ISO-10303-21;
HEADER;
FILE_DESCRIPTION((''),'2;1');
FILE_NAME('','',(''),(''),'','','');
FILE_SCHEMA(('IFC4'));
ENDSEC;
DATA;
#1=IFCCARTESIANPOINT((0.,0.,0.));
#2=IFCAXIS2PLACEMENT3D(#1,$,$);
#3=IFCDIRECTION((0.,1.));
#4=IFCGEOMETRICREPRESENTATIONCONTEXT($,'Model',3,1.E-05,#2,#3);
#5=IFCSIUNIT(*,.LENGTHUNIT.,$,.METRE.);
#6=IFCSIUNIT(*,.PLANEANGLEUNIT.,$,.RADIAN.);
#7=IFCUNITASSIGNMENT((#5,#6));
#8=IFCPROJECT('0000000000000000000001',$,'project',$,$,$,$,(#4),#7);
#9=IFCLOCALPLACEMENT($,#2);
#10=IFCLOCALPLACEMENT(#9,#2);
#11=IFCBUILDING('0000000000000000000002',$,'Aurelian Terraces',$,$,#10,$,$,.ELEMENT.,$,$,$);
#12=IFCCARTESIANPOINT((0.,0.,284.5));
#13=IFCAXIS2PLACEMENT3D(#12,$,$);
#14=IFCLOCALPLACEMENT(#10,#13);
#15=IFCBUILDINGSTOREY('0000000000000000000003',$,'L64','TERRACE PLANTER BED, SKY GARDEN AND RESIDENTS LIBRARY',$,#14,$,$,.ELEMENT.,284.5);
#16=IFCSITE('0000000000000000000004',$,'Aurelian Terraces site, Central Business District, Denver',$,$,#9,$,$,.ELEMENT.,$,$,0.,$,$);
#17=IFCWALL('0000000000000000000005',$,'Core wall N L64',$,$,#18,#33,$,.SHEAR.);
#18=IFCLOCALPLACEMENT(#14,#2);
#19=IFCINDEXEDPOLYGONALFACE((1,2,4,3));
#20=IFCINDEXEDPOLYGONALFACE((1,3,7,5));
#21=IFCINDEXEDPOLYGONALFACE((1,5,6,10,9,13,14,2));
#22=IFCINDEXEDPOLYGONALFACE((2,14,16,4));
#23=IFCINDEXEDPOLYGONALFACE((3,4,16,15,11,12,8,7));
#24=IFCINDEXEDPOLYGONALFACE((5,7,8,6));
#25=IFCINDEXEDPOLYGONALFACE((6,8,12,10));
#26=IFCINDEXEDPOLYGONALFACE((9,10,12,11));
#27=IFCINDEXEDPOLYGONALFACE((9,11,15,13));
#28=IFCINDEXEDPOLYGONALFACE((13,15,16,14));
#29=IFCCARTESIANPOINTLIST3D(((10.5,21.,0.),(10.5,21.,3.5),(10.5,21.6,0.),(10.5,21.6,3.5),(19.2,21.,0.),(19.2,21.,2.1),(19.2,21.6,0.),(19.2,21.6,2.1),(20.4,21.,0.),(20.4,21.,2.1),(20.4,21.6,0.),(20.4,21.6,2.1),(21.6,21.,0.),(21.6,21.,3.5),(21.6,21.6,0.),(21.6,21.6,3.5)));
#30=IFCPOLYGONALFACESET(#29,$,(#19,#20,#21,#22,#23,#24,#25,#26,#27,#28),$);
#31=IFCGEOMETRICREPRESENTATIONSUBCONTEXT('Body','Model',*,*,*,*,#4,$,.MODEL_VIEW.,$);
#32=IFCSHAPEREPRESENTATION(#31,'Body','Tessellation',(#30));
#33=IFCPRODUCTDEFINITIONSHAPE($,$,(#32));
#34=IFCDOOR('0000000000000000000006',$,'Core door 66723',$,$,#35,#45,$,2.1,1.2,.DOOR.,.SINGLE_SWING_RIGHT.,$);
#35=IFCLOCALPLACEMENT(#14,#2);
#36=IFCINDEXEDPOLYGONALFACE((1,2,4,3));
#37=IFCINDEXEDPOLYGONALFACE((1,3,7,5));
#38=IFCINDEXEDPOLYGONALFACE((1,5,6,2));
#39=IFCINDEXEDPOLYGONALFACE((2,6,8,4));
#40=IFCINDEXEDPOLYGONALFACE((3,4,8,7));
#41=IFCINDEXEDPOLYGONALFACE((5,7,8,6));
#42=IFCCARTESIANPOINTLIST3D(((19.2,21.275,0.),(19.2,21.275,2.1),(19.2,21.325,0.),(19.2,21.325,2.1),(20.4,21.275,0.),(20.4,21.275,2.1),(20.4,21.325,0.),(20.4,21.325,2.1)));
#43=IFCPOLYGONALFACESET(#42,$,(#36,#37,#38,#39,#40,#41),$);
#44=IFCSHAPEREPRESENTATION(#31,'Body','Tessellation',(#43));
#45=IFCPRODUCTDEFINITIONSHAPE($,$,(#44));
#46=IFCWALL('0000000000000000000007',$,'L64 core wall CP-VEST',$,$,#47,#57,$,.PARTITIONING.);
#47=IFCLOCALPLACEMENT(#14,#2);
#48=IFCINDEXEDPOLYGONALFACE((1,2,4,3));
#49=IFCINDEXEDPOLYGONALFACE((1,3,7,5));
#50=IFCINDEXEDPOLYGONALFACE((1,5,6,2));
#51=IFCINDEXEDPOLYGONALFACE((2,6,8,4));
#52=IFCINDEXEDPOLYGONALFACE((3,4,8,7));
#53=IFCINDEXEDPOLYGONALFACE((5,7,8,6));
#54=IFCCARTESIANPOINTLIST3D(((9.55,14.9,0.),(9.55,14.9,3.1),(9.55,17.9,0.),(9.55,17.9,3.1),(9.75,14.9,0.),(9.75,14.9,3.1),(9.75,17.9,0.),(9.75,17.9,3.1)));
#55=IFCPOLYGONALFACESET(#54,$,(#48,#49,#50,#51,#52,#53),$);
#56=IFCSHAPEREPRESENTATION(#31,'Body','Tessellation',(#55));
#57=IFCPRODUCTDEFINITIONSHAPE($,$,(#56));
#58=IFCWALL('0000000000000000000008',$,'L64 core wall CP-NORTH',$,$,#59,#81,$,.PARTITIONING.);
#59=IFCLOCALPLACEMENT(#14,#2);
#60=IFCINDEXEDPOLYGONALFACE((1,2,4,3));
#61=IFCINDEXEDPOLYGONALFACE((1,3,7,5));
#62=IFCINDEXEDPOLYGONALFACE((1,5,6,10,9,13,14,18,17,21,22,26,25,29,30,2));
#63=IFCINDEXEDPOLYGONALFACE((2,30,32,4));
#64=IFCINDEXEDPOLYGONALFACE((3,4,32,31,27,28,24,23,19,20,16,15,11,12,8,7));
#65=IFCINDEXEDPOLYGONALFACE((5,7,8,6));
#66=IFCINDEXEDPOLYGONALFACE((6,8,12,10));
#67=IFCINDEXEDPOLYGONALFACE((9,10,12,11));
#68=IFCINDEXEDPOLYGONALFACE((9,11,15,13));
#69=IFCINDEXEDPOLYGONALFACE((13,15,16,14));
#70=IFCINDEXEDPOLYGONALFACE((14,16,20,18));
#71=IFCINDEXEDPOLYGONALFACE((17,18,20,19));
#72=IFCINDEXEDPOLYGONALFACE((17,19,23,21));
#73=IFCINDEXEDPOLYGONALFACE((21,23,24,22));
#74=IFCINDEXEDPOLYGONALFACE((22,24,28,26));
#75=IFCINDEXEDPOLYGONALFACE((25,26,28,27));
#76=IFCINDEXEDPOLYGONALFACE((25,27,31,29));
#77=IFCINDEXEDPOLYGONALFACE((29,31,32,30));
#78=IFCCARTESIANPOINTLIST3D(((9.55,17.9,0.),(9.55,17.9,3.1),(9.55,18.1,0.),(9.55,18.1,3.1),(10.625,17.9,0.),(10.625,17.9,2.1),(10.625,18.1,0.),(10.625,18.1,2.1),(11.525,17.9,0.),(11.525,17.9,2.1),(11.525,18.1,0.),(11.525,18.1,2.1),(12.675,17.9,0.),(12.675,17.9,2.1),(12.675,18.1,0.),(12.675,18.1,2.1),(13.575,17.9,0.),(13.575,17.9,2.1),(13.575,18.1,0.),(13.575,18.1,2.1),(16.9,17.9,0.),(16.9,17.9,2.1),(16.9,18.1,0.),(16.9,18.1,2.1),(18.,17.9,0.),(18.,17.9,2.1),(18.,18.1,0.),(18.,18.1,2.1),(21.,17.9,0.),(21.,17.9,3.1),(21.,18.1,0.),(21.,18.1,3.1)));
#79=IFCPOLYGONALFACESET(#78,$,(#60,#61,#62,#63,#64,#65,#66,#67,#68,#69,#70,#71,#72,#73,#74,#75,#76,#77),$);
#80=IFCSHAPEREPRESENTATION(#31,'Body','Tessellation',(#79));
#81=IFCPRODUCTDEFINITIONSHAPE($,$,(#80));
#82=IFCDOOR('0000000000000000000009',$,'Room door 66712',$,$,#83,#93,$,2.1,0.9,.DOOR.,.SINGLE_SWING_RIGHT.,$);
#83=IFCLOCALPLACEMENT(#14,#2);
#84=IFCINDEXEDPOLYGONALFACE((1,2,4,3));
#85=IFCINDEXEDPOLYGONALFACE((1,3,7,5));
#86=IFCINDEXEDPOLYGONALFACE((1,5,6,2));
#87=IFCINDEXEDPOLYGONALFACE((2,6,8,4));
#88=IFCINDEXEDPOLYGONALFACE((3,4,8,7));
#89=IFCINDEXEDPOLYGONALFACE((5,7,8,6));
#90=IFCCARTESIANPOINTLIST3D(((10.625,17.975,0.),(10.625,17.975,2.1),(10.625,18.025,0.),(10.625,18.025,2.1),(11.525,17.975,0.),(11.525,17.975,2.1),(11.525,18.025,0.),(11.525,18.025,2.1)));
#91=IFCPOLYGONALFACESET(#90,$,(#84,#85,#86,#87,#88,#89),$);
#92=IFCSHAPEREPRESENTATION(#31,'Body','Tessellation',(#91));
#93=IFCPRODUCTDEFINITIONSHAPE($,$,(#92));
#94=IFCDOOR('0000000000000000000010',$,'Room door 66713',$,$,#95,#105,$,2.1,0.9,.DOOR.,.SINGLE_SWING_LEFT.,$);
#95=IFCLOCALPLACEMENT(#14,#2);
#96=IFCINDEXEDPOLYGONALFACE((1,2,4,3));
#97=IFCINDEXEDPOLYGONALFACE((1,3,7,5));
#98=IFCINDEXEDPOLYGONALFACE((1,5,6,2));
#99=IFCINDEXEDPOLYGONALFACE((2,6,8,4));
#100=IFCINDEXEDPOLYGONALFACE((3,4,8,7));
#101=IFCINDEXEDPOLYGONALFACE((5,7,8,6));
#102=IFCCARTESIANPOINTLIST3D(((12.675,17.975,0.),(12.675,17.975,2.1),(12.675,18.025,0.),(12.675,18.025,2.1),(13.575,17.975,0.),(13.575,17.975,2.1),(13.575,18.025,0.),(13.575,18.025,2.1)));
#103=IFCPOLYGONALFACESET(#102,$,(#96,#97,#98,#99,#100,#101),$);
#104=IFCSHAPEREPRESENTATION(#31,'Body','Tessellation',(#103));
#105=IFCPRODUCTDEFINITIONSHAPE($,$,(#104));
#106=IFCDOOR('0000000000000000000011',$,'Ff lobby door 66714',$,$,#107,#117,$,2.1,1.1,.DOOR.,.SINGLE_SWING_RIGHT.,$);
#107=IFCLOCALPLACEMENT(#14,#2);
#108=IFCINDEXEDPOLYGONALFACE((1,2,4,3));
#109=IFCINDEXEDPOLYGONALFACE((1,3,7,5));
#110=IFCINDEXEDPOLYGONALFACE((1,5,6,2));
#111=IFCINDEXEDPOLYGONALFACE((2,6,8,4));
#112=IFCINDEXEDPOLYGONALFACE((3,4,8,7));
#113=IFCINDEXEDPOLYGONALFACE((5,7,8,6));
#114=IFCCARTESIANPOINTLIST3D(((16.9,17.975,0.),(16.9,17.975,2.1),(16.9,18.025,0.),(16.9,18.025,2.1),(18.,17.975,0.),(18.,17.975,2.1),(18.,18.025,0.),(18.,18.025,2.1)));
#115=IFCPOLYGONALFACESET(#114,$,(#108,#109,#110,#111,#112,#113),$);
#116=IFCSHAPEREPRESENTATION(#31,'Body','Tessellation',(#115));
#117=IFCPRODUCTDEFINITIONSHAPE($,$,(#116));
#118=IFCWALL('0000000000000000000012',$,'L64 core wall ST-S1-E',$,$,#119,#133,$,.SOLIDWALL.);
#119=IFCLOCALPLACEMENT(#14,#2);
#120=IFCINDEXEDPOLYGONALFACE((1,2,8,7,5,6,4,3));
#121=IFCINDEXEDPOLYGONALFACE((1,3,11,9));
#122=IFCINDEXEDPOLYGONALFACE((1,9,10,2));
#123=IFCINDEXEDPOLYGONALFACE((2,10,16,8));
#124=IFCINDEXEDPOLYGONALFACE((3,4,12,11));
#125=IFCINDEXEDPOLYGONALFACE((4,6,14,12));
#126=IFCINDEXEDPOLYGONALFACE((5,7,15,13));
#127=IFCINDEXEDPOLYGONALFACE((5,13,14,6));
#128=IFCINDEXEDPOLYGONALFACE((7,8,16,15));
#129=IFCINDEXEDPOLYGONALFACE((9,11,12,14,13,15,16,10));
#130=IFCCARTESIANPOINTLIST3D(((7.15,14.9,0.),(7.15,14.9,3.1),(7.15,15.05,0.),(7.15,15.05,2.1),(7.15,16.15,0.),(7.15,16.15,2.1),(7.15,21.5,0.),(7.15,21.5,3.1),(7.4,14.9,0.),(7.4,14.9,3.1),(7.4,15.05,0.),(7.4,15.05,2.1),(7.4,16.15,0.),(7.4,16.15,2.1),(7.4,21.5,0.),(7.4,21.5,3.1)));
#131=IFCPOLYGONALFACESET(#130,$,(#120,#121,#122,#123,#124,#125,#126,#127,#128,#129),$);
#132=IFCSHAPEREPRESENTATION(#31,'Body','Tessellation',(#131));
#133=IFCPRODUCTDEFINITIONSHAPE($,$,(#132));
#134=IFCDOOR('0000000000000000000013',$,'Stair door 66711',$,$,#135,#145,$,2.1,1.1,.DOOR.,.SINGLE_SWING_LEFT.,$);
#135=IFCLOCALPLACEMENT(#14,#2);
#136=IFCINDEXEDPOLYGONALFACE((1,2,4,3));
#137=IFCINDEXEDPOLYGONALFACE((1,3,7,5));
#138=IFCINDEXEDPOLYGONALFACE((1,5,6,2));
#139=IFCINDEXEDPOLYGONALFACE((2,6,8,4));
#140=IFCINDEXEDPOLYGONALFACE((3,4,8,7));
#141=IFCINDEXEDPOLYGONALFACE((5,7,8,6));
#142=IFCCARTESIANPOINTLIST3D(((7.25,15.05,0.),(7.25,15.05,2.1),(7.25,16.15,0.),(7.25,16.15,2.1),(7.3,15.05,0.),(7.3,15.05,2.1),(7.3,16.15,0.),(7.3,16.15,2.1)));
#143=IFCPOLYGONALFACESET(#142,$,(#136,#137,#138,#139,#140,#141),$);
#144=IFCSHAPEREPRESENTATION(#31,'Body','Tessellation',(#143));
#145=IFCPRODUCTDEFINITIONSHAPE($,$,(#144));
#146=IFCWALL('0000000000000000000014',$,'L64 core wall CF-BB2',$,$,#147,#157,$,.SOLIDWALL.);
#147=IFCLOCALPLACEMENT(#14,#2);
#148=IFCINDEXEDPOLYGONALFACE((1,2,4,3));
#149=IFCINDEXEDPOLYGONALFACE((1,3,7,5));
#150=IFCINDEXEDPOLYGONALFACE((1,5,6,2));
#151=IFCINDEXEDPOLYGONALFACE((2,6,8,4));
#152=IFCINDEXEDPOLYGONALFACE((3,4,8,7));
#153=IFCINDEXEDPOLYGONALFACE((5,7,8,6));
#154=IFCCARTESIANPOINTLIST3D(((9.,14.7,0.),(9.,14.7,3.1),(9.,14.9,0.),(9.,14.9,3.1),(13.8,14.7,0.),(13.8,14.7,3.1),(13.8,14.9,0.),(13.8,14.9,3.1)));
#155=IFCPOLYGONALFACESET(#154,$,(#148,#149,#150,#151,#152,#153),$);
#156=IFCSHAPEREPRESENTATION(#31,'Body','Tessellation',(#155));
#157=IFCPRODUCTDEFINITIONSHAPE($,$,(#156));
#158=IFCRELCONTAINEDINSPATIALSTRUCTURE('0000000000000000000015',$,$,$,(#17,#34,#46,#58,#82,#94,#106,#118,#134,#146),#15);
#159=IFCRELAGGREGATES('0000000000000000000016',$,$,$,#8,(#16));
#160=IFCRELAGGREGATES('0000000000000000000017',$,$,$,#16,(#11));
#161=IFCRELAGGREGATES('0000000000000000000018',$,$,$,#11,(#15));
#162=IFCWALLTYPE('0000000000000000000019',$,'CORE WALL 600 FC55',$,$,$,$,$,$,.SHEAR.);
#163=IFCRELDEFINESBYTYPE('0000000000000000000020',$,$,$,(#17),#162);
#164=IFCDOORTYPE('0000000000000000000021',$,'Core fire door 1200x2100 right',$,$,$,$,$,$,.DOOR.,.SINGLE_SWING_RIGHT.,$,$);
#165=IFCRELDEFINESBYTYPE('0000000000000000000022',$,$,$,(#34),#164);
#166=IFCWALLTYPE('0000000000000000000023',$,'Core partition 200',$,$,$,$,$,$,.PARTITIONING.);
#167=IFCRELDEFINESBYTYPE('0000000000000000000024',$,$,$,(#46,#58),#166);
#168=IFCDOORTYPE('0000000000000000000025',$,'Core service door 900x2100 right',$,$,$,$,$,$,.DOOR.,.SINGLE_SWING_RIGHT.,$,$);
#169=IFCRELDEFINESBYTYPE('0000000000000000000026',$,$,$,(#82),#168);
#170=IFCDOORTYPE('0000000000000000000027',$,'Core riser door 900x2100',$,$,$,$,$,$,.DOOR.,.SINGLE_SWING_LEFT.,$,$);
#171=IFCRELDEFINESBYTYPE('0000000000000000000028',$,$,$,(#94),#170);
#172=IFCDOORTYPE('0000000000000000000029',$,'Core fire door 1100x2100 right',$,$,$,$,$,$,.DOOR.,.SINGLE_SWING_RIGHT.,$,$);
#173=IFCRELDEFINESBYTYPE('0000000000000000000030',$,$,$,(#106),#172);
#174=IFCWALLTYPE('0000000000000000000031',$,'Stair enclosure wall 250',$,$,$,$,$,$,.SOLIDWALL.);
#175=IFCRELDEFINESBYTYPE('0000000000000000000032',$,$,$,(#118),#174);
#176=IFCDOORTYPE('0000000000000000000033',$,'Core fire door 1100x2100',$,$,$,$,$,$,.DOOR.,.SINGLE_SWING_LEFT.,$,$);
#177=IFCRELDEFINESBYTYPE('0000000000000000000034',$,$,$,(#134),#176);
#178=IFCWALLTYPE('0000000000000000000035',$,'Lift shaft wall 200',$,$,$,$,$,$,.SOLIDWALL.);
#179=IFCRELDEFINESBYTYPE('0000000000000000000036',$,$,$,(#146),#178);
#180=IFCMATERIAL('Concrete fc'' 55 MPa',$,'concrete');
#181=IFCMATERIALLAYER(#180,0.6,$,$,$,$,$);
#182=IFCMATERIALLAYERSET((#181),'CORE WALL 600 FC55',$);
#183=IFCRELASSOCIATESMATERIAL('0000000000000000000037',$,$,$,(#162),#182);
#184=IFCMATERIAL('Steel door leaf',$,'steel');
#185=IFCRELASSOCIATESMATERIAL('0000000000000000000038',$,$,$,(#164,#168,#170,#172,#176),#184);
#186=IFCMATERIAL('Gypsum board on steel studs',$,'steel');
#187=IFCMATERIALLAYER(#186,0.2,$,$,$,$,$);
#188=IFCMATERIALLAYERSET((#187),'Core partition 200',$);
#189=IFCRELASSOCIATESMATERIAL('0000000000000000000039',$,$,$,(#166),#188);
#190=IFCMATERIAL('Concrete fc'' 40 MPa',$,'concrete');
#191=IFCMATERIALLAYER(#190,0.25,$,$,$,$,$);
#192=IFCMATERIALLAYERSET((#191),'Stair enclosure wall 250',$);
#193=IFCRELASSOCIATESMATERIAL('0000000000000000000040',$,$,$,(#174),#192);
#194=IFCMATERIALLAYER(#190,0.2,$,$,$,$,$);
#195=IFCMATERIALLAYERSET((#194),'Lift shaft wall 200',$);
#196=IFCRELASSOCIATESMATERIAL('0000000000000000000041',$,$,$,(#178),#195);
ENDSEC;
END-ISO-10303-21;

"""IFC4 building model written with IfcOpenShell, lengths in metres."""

from ifc_helpers import new_model, si_unit, direction, frame, frame_2d, origin, place, context, subcontext, project, spatial, rectangle, extrude, source, transform, mapped, material, layer, layer_set, type_object, element, fill, save


model = new_model("IFC4")

# Units and contexts
model_context = context("Model", 3, precision=1e-05, world=origin(), true_north=direction((0.0, 1.0)))
body_context = subcontext(model_context, "Body", "Model", "MODEL_VIEW")
ifc_project = project(units=[si_unit("LENGTHUNIT", "METRE"), si_unit("PLANEANGLEUNIT", "RADIAN")], contexts=[model_context])

# Site, building, storey
site_placement = place(None, origin())
site = spatial("IfcSite", under=ifc_project, at=site_placement, Name="Aurelian Terraces site, Central Business District, Denver", CompositionType="ELEMENT", RefElevation=0.0)
building_placement = place(site_placement, origin())
building = spatial("IfcBuilding", under=site, at=building_placement, Name="Aurelian Terraces", CompositionType="ELEMENT")
storey_placement = place(building_placement, frame((0.0, 0.0, 284.5)))
storey = spatial("IfcBuildingStorey", under=building, at=storey_placement, Name="L64", Description="TERRACE PLANTER BED, SKY GARDEN AND RESIDENTS LIBRARY", CompositionType="ELEMENT", Elevation=284.5)

# Wall, opening, door
ifc_material_1 = material(Name="Concrete fc' 55 MPa", Category="concrete")
ifc_layer_1 = layer(ifc_material_1, 0.6)
ifc_layer_set_1 = layer_set([ifc_layer_1], Name="CORE WALL 600 FC55")
wall_type_1 = type_object("IfcWallType", Name="CORE WALL 600 FC55", PredefinedType="SHEAR", material=ifc_layer_set_1)
wall_1_placement = place(storey_placement, frame((10.5, 21.3, 0.0), z_axis=(0.0, 0.0, 1.0), x_axis=(1.0, 0.0, 0.0)))
wall_1 = element("IfcWall", 1, at=wall_1_placement, inside=storey, type_object=wall_type_1, Name="Core wall N L64", PredefinedType="SHEAR", context=body_context, shape_type="SweptSolid", body=[
    extrude(rectangle(XDim=11.1, YDim=0.6, at=frame_2d((5.55, 0.0))), origin(), (0.0, 0.0, 1.0), 3.5),
])
opening_1_placement = place(wall_1_placement, frame((8.7, 0.0, 0.0)))
opening_1 = element("IfcOpeningElement", 2, at=opening_1_placement, cuts=wall_1, PredefinedType="OPENING", context=body_context, shape_type="SweptSolid", body=[
    extrude(rectangle(XDim=1.2, YDim=2.1, at=frame_2d((0.6, 1.05))), frame((0.0, 0.31, 0.0), z_axis=(0.0, -1.0, 0.0), x_axis=(1.0, 0.0, 0.0)), (0.0, 0.0, 1.0), 0.62),
])
ifc_material_2 = material(Name="Steel door leaf", Category="steel")
door_type_1 = type_object("IfcDoorType", Name="Core fire door 1200x2100 right", OperationType="SINGLE_SWING_RIGHT", PredefinedType="DOOR", material=ifc_material_2)
shared_shape_1 = source(origin(), body_context, "Body", "SweptSolid", [
    extrude(rectangle(XDim=1.2, YDim=2.1, at=frame_2d((0.6, 1.05))), frame((0.0, 0.025, 0.0), z_axis=(0.0, -1.0, 0.0), x_axis=(1.0, 0.0, 0.0)), (0.0, 0.0, 1.0), 0.05),
])
door_1_placement = place(opening_1_placement, origin())
door_1 = element("IfcDoor", 3, at=door_1_placement, inside=storey, type_object=door_type_1, Name="Core door 66723", OperationType="SINGLE_SWING_RIGHT", OverallHeight=2.1, OverallWidth=1.2, PredefinedType="DOOR", context=body_context, shape_type="MappedRepresentation", body=[
    mapped(shared_shape_1, transform((0.0, 0.0, 0.0), scale=1.0)),
])
fill(opening_1, door_1)

# Wall
ifc_material_3 = material(Name="Gypsum board on steel studs", Category="steel")
ifc_layer_2 = layer(ifc_material_3, 0.2)
ifc_layer_set_2 = layer_set([ifc_layer_2], Name="Core partition 200")
wall_type_2 = type_object("IfcWallType", Name="Core partition 200", PredefinedType="PARTITIONING", material=ifc_layer_set_2)
wall_2_placement = place(storey_placement, frame((9.65, 14.9, 0.0), z_axis=(0.0, 0.0, 1.0), x_axis=(0.0, 1.0, 0.0)))
element("IfcWall", 4, at=wall_2_placement, inside=storey, type_object=wall_type_2, Name="L64 core wall CP-VEST", PredefinedType="PARTITIONING", context=body_context, shape_type="SweptSolid", body=[
    extrude(rectangle(XDim=3.0, YDim=0.2, at=frame_2d((1.5, 0.0))), origin(), (0.0, 0.0, 1.0), 3.1),
])

# Wall, openings, doors
wall_3_placement = place(storey_placement, frame((9.55, 18.0, 0.0), z_axis=(0.0, 0.0, 1.0), x_axis=(1.0, 0.0, 0.0)))
wall_3 = element("IfcWall", 5, at=wall_3_placement, inside=storey, type_object=wall_type_2, Name="L64 core wall CP-NORTH", PredefinedType="PARTITIONING", context=body_context, shape_type="SweptSolid", body=[
    extrude(rectangle(XDim=11.45, YDim=0.2, at=frame_2d((5.725, 0.0))), origin(), (0.0, 0.0, 1.0), 3.1),
])
shared_shape_2 = source(origin(), body_context, "Body", "SweptSolid", [
    extrude(rectangle(XDim=0.9, YDim=2.1, at=frame_2d((0.45, 1.05))), frame((0.0, 0.11, 0.0), z_axis=(0.0, -1.0, 0.0), x_axis=(1.0, 0.0, 0.0)), (0.0, 0.0, 1.0), 0.22),
])
opening_2_placement = place(wall_3_placement, frame((1.075, 0.0, 0.0)))
opening_2 = element("IfcOpeningElement", 6, at=opening_2_placement, cuts=wall_3, PredefinedType="OPENING", context=body_context, shape_type="MappedRepresentation", body=[
    mapped(shared_shape_2, transform((0.0, 0.0, 0.0), scale=1.0)),
])
opening_3_placement = place(wall_3_placement, frame((3.125, 0.0, 0.0)))
opening_3 = element("IfcOpeningElement", 7, at=opening_3_placement, cuts=wall_3, PredefinedType="OPENING", context=body_context, shape_type="MappedRepresentation", body=[
    mapped(shared_shape_2, transform((0.0, 0.0, 0.0), scale=1.0)),
])
shared_shape_3 = source(origin(), body_context, "Body", "SweptSolid", [
    extrude(rectangle(XDim=1.1, YDim=2.1, at=frame_2d((0.55, 1.05))), frame((0.0, 0.11, 0.0), z_axis=(0.0, -1.0, 0.0), x_axis=(1.0, 0.0, 0.0)), (0.0, 0.0, 1.0), 0.22),
])
opening_4_placement = place(wall_3_placement, frame((7.35, 0.0, 0.0)))
opening_4 = element("IfcOpeningElement", 8, at=opening_4_placement, cuts=wall_3, PredefinedType="OPENING", context=body_context, shape_type="MappedRepresentation", body=[
    mapped(shared_shape_3, transform((0.0, 0.0, 0.0), scale=1.0)),
])
door_type_2 = type_object("IfcDoorType", Name="Core service door 900x2100 right", OperationType="SINGLE_SWING_RIGHT", PredefinedType="DOOR", material=ifc_material_2)
shared_shape_4 = source(origin(), body_context, "Body", "SweptSolid", [
    extrude(rectangle(XDim=0.9, YDim=2.1, at=frame_2d((0.45, 1.05))), frame((0.0, 0.025, 0.0), z_axis=(0.0, -1.0, 0.0), x_axis=(1.0, 0.0, 0.0)), (0.0, 0.0, 1.0), 0.05),
])
door_2_placement = place(opening_2_placement, origin())
door_2 = element("IfcDoor", 9, at=door_2_placement, inside=storey, type_object=door_type_2, Name="Room door 66712", OperationType="SINGLE_SWING_RIGHT", OverallHeight=2.1, OverallWidth=0.9, PredefinedType="DOOR", context=body_context, shape_type="MappedRepresentation", body=[
    mapped(shared_shape_4, transform((0.0, 0.0, 0.0), scale=1.0)),
])
fill(opening_2, door_2)
door_type_3 = type_object("IfcDoorType", Name="Core riser door 900x2100", OperationType="SINGLE_SWING_LEFT", PredefinedType="DOOR", material=ifc_material_2)
door_3_placement = place(opening_3_placement, origin())
door_3 = element("IfcDoor", 10, at=door_3_placement, inside=storey, type_object=door_type_3, Name="Room door 66713", OperationType="SINGLE_SWING_LEFT", OverallHeight=2.1, OverallWidth=0.9, PredefinedType="DOOR", context=body_context, shape_type="MappedRepresentation", body=[
    mapped(shared_shape_4, transform((0.0, 0.0, 0.0), scale=1.0)),
])
fill(opening_3, door_3)
door_type_4 = type_object("IfcDoorType", Name="Core fire door 1100x2100 right", OperationType="SINGLE_SWING_RIGHT", PredefinedType="DOOR", material=ifc_material_2)
shared_shape_5 = source(origin(), body_context, "Body", "SweptSolid", [
    extrude(rectangle(XDim=1.1, YDim=2.1, at=frame_2d((0.55, 1.05))), frame((0.0, 0.025, 0.0), z_axis=(0.0, -1.0, 0.0), x_axis=(1.0, 0.0, 0.0)), (0.0, 0.0, 1.0), 0.05),
])
door_4_placement = place(opening_4_placement, origin())
door_4 = element("IfcDoor", 11, at=door_4_placement, inside=storey, type_object=door_type_4, Name="Ff lobby door 66714", OperationType="SINGLE_SWING_RIGHT", OverallHeight=2.1, OverallWidth=1.1, PredefinedType="DOOR", context=body_context, shape_type="MappedRepresentation", body=[
    mapped(shared_shape_5, transform((0.0, 0.0, 0.0), scale=1.0)),
])
fill(opening_4, door_4)

# Wall, opening, door
ifc_material_4 = material(Name="Concrete fc' 40 MPa", Category="concrete")
ifc_layer_3 = layer(ifc_material_4, 0.25)
ifc_layer_set_3 = layer_set([ifc_layer_3], Name="Stair enclosure wall 250")
wall_type_3 = type_object("IfcWallType", Name="Stair enclosure wall 250", PredefinedType="SOLIDWALL", material=ifc_layer_set_3)
wall_4_placement = place(storey_placement, frame((7.275, 14.9, 0.0), z_axis=(0.0, 0.0, 1.0), x_axis=(0.0, 1.0, 0.0)))
wall_4 = element("IfcWall", 12, at=wall_4_placement, inside=storey, type_object=wall_type_3, Name="L64 core wall ST-S1-E", PredefinedType="SOLIDWALL", context=body_context, shape_type="SweptSolid", body=[
    extrude(rectangle(XDim=6.6, YDim=0.25, at=frame_2d((3.3, 0.0))), origin(), (0.0, 0.0, 1.0), 3.1),
])
shared_shape_6 = source(origin(), body_context, "Body", "SweptSolid", [
    extrude(rectangle(XDim=1.1, YDim=2.1, at=frame_2d((0.55, 1.05))), frame((0.0, 0.135, 0.0), z_axis=(0.0, -1.0, 0.0), x_axis=(1.0, 0.0, 0.0)), (0.0, 0.0, 1.0), 0.27),
])
opening_5_placement = place(wall_4_placement, frame((0.15, 0.0, 0.0)))
opening_5 = element("IfcOpeningElement", 13, at=opening_5_placement, cuts=wall_4, PredefinedType="OPENING", context=body_context, shape_type="MappedRepresentation", body=[
    mapped(shared_shape_6, transform((0.0, 0.0, 0.0), scale=1.0)),
])
door_type_5 = type_object("IfcDoorType", Name="Core fire door 1100x2100", OperationType="SINGLE_SWING_LEFT", PredefinedType="DOOR", material=ifc_material_2)
door_5_placement = place(opening_5_placement, origin())
door_5 = element("IfcDoor", 14, at=door_5_placement, inside=storey, type_object=door_type_5, Name="Stair door 66711", OperationType="SINGLE_SWING_LEFT", OverallHeight=2.1, OverallWidth=1.1, PredefinedType="DOOR", context=body_context, shape_type="MappedRepresentation", body=[
    mapped(shared_shape_5, transform((0.0, 0.0, 0.0), scale=1.0)),
])
fill(opening_5, door_5)

# Wall
ifc_layer_4 = layer(ifc_material_4, 0.2)
ifc_layer_set_4 = layer_set([ifc_layer_4], Name="Lift shaft wall 200")
wall_type_4 = type_object("IfcWallType", Name="Lift shaft wall 200", PredefinedType="SOLIDWALL", material=ifc_layer_set_4)
shared_shape_7 = source(origin(), body_context, "Body", "SweptSolid", [
    extrude(rectangle(XDim=4.8, YDim=0.2, at=frame_2d((2.4, 0.0))), origin(), (0.0, 0.0, 1.0), 3.1),
])
wall_5_placement = place(storey_placement, frame((9.0, 14.8, 0.0), z_axis=(0.0, 0.0, 1.0), x_axis=(1.0, 0.0, 0.0)))
element("IfcWall", 15, at=wall_5_placement, inside=storey, type_object=wall_type_4, Name="L64 core wall CF-BB2", PredefinedType="SOLIDWALL", context=body_context, shape_type="MappedRepresentation", body=[
    mapped(shared_shape_7, transform((0.0, 0.0, 0.0), scale=1.0)),
])

save(model, "model.ifc")
